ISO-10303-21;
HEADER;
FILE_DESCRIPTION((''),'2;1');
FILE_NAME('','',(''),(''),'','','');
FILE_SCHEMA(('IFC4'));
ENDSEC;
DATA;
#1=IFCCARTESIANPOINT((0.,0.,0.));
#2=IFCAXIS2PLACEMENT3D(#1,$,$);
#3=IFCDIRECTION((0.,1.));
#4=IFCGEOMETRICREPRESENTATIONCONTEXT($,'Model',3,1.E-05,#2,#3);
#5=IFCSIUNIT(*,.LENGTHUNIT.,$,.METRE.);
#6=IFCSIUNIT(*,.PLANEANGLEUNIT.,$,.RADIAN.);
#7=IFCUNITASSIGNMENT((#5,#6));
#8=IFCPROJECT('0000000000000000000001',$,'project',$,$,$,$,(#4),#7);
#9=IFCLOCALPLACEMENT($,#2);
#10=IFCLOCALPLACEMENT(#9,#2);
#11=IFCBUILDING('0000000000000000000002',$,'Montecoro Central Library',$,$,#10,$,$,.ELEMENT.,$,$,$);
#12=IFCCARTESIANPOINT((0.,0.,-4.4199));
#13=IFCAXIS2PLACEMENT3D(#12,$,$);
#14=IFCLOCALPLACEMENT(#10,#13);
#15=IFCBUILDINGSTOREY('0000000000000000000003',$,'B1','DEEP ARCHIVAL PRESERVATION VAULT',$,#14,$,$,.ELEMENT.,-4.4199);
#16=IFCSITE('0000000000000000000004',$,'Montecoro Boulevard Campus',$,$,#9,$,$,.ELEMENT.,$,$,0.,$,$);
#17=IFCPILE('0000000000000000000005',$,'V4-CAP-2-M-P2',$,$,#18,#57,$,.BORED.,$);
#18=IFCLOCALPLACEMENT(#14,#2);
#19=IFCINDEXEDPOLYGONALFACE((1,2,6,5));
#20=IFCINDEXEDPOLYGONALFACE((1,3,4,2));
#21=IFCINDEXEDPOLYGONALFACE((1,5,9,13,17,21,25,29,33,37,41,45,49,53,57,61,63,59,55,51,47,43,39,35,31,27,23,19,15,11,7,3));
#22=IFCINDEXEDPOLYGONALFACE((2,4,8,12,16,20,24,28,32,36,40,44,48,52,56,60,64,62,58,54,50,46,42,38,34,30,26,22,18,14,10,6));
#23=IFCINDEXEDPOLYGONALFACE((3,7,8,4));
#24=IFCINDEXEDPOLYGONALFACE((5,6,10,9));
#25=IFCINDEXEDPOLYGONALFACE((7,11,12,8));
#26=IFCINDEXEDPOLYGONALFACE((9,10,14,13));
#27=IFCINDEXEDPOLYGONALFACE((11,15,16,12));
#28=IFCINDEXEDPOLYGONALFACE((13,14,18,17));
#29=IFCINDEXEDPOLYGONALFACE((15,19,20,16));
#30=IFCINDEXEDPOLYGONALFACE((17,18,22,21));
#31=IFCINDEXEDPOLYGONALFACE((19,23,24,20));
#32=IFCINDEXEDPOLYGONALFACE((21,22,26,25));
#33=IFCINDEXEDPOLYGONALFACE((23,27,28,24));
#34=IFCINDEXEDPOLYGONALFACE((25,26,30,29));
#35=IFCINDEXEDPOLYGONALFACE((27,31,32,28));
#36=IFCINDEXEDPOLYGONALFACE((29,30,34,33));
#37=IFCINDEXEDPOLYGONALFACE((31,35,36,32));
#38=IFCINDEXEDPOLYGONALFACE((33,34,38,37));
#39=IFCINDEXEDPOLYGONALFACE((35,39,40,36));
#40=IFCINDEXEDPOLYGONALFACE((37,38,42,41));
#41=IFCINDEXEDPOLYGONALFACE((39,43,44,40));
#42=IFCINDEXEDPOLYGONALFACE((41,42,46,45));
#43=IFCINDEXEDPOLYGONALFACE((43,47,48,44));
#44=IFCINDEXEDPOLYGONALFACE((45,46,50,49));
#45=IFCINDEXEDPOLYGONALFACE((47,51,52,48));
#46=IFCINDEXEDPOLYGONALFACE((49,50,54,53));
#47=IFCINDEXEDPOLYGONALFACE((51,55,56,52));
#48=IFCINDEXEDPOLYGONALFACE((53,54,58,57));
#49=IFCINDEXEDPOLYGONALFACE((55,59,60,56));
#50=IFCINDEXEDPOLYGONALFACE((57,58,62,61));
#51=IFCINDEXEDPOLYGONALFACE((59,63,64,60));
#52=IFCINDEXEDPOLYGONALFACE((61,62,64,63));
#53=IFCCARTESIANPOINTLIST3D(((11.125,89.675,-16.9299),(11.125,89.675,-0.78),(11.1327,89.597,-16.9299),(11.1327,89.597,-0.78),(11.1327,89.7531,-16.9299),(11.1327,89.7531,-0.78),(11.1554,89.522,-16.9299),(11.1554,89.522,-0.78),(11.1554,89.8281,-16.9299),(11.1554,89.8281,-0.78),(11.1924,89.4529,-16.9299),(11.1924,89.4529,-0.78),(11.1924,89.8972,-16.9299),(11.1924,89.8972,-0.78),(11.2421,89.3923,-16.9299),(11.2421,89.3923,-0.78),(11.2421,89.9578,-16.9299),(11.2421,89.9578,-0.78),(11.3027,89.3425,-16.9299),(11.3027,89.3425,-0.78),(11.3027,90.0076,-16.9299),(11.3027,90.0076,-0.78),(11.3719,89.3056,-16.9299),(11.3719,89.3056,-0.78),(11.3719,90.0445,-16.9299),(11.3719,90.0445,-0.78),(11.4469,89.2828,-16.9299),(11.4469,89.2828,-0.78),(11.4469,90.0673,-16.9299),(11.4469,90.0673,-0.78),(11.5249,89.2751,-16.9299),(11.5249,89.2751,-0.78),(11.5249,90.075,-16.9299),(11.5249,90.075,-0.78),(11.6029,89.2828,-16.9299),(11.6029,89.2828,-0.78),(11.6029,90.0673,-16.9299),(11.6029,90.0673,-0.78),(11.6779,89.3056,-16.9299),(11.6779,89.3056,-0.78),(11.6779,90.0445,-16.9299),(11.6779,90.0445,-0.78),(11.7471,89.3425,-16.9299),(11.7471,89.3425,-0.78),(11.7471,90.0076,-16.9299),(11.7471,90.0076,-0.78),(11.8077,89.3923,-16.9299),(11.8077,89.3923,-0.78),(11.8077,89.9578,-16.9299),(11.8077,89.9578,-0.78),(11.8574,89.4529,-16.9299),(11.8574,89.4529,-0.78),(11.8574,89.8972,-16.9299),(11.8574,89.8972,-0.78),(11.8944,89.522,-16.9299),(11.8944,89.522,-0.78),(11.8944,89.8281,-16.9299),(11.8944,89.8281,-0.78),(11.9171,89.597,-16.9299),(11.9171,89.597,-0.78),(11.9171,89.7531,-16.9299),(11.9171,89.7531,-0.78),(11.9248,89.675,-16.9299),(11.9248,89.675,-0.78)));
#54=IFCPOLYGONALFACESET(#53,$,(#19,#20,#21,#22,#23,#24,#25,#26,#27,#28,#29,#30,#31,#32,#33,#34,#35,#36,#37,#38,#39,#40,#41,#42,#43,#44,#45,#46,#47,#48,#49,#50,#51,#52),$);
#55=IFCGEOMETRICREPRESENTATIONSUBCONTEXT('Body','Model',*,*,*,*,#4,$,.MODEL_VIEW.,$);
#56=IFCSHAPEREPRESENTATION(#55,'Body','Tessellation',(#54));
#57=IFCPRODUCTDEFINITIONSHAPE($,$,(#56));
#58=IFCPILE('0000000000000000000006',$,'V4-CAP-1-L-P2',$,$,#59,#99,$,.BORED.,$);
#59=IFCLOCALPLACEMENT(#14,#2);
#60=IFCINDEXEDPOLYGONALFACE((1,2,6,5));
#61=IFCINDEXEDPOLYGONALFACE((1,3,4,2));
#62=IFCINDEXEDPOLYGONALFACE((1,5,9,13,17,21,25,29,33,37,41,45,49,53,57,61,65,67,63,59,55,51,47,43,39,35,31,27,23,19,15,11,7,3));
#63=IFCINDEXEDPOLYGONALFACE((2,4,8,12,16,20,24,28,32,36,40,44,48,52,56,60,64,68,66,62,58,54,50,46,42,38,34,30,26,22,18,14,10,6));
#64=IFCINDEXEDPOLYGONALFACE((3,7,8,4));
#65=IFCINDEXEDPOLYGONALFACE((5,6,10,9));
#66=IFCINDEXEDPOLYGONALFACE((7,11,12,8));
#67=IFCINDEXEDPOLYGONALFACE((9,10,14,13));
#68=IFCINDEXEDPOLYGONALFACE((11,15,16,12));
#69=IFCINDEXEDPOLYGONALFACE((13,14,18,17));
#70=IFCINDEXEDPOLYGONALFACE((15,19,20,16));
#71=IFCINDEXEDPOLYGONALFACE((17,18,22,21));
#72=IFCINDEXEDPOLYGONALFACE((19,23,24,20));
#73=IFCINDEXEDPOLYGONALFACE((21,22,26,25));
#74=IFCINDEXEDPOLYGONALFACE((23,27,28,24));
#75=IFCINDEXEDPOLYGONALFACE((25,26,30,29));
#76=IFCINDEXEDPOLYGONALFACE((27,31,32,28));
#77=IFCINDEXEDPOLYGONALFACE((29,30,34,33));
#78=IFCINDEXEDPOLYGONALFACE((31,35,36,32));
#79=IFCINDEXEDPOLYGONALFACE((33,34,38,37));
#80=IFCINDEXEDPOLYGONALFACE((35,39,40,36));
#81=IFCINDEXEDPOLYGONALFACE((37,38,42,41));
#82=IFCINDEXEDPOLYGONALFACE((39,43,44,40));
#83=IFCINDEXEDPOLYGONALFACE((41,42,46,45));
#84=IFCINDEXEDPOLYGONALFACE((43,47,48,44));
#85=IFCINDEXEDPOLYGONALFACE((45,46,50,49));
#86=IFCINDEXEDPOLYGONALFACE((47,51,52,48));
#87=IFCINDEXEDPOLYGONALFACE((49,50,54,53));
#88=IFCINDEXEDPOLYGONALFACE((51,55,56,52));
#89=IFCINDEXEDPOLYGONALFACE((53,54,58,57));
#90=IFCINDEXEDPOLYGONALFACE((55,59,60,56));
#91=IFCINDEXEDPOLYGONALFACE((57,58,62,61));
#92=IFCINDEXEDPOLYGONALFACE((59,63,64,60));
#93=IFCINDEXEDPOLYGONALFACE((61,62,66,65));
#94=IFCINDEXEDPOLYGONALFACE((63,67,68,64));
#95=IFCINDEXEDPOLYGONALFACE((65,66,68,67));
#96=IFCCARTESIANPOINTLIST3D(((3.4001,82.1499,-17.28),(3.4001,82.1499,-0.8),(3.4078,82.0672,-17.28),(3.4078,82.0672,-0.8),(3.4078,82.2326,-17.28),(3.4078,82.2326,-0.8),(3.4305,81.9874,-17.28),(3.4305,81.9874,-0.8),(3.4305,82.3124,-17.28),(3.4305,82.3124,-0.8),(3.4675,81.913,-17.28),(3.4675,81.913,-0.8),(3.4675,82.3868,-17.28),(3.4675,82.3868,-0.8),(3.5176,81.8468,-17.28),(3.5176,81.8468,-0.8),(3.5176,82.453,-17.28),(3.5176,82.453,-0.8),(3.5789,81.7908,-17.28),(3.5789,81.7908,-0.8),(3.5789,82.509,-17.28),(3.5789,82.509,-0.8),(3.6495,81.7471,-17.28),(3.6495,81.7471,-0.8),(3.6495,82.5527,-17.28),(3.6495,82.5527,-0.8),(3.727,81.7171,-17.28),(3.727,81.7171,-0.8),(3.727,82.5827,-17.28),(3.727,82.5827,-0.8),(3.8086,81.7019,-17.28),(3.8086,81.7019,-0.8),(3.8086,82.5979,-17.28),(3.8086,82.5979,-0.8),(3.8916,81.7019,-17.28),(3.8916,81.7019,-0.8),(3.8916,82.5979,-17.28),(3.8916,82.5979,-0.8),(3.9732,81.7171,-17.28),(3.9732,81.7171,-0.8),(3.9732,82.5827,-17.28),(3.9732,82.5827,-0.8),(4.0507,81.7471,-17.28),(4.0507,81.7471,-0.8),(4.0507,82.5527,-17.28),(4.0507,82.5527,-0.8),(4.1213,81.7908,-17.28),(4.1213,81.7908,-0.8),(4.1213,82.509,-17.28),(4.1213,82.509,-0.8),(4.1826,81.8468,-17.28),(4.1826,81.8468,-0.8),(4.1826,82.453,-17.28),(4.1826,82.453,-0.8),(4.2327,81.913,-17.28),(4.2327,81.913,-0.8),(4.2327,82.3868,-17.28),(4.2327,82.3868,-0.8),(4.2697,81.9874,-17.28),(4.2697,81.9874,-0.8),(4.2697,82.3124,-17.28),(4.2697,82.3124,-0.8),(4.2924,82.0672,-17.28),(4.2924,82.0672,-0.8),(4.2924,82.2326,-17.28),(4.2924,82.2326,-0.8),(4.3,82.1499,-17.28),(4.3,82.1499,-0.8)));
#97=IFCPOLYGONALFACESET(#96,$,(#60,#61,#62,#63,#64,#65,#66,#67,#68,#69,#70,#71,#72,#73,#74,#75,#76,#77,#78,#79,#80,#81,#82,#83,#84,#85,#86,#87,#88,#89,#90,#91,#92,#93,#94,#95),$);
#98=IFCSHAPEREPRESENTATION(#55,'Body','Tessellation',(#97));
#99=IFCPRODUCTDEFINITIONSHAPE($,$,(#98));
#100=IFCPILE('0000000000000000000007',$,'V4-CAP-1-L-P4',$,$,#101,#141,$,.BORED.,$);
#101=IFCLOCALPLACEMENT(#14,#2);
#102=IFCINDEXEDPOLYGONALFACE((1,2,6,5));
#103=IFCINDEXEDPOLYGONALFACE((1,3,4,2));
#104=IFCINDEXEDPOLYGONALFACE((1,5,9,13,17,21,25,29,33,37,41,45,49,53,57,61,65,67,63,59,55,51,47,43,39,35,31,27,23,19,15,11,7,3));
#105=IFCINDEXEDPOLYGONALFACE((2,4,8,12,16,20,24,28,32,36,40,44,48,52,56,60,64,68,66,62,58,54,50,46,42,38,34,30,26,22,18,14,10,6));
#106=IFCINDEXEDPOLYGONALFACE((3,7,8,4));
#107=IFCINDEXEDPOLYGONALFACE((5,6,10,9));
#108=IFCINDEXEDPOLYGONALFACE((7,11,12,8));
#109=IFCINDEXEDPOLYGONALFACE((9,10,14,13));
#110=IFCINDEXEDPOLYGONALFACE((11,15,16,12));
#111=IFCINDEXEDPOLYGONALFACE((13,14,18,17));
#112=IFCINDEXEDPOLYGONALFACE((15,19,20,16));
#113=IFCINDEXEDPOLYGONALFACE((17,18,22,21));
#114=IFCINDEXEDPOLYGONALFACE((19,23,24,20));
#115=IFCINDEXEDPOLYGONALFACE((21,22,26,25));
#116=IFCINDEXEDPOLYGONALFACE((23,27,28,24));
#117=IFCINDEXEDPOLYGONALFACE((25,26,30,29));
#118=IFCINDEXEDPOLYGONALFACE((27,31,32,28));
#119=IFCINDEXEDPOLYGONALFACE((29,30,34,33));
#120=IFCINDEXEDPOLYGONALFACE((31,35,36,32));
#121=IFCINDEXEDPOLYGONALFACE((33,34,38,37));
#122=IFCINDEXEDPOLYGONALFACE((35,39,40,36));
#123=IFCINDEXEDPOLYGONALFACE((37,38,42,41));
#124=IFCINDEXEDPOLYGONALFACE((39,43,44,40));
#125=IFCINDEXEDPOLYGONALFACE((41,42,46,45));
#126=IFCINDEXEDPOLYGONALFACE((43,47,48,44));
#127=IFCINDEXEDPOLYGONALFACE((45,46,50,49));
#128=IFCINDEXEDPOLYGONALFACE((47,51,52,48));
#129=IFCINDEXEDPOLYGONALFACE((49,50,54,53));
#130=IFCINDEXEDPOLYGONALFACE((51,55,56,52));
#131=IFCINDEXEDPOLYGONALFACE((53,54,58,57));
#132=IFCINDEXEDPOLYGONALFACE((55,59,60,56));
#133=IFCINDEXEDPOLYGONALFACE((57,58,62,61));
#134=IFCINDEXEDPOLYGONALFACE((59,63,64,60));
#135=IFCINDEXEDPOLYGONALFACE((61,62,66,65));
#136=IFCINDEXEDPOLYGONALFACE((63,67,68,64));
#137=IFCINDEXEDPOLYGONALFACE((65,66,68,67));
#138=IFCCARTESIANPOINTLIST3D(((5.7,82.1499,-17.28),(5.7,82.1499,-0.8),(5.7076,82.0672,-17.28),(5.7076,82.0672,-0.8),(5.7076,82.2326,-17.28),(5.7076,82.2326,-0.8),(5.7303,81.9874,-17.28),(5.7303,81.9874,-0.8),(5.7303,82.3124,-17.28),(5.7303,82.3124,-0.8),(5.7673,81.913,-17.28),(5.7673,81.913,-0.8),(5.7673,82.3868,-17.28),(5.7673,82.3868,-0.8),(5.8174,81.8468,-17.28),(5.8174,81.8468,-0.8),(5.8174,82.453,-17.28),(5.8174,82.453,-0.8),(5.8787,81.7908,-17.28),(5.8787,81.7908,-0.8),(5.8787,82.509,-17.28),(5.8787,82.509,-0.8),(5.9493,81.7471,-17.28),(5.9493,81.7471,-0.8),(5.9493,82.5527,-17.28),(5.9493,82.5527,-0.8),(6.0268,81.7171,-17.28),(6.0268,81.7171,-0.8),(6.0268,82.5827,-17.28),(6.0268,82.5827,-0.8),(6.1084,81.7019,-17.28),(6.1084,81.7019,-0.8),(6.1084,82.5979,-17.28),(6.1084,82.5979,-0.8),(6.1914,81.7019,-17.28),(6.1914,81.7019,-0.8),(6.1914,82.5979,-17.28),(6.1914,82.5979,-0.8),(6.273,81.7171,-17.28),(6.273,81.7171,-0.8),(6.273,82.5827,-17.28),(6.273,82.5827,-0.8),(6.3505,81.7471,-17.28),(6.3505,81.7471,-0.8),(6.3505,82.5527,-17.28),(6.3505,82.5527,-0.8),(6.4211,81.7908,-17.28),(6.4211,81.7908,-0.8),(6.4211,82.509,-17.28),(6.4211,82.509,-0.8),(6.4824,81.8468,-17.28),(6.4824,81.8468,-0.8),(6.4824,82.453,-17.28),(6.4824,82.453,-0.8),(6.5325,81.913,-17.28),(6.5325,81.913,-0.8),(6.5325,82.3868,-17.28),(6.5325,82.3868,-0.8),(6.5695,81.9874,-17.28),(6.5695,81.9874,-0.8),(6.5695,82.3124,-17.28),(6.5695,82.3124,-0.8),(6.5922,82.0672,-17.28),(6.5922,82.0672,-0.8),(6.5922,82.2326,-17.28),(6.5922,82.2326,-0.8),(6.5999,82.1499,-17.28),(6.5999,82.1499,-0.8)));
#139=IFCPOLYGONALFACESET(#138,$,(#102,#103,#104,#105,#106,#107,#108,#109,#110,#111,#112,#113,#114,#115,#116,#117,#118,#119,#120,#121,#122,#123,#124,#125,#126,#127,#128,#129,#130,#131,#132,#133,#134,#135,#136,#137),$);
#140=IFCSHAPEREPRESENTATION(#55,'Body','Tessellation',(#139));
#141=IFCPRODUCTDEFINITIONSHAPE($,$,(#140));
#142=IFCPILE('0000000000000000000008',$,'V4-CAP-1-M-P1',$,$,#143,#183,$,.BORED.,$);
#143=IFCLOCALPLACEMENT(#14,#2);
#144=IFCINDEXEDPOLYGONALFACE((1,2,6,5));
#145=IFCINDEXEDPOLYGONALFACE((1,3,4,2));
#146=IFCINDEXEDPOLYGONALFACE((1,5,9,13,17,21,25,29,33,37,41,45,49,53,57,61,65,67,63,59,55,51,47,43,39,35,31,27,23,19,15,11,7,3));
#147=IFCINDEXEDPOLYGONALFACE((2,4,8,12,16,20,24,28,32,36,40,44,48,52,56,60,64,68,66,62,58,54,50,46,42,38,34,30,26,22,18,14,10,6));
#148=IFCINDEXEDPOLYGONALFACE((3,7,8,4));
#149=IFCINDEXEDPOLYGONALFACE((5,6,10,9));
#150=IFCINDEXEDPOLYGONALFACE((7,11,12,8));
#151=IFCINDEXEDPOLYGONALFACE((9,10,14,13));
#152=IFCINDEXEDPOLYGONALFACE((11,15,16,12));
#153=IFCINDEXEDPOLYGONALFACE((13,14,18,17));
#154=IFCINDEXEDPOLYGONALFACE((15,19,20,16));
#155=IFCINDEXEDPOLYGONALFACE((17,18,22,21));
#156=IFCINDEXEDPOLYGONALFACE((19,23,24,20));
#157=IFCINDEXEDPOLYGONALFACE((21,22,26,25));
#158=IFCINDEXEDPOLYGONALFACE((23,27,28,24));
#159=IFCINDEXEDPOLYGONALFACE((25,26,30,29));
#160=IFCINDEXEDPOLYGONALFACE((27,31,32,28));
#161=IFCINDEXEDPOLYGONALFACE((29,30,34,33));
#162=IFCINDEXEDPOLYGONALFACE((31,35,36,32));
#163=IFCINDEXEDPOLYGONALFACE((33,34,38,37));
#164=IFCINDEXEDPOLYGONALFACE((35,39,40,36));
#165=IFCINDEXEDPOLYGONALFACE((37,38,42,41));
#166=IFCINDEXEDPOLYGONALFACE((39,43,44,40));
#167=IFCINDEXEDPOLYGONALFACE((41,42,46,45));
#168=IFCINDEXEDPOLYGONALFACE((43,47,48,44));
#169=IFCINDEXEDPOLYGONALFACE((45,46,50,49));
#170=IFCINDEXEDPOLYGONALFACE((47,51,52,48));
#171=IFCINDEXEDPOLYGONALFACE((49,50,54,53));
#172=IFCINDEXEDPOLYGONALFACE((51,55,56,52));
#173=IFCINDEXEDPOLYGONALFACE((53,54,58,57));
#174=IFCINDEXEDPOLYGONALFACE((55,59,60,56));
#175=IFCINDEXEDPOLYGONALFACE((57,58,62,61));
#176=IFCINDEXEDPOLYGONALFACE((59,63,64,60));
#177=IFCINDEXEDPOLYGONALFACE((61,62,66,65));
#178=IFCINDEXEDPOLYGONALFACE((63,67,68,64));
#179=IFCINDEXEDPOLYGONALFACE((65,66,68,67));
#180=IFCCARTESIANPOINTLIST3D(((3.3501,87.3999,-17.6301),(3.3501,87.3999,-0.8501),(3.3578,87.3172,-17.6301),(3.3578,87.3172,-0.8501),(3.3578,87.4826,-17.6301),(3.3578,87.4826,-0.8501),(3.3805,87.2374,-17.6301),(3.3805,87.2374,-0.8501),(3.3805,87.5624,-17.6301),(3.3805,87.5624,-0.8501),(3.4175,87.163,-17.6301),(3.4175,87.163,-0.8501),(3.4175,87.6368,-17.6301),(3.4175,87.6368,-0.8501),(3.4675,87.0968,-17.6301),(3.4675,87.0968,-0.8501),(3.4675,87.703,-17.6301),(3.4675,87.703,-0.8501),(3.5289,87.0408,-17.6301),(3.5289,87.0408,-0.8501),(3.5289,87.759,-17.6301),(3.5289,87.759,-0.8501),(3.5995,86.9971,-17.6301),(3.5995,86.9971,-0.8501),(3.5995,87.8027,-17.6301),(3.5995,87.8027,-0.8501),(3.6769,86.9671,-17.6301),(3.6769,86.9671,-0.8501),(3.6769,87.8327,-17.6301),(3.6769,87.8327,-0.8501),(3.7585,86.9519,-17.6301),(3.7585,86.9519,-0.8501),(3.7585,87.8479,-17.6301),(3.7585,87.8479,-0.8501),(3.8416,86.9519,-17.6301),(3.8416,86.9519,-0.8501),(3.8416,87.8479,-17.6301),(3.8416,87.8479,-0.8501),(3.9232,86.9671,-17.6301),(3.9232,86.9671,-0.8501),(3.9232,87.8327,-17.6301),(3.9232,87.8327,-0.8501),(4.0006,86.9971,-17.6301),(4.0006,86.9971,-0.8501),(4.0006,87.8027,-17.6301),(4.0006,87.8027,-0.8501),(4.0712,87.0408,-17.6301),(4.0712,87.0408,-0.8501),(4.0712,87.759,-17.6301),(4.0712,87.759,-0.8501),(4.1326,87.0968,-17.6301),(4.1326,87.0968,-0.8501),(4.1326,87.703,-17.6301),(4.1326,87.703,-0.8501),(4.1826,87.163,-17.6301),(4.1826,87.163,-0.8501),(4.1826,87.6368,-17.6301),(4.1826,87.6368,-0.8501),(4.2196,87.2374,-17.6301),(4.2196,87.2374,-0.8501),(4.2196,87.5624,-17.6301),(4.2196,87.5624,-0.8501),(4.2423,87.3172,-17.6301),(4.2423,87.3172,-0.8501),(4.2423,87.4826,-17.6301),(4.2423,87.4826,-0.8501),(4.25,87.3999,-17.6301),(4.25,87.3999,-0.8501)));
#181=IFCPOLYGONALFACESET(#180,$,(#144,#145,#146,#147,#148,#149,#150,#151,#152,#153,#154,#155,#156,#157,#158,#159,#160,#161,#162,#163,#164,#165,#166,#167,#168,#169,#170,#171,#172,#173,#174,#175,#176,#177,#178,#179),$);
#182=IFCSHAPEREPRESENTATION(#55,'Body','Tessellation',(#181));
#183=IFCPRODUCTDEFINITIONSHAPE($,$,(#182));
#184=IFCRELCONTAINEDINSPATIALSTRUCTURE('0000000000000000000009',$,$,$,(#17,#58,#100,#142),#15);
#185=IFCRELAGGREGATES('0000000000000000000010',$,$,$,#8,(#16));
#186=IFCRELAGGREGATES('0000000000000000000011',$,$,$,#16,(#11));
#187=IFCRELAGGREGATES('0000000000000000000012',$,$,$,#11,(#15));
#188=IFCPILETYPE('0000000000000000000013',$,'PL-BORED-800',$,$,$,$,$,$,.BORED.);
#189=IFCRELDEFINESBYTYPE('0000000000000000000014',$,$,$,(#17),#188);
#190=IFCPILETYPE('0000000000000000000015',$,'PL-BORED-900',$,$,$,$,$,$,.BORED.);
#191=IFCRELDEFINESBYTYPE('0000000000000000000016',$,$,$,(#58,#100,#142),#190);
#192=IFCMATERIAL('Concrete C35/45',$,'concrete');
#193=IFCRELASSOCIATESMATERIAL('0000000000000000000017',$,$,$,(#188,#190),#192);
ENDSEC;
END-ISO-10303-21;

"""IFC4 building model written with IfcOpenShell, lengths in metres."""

from ifc_helpers import new_model, si_unit, direction, frame, origin, origin_2d, place, context, subcontext, project, spatial, circle, extrude, material, material_profile, profile_set, type_object, element, save


model = new_model("IFC4")

# Units and contexts
model_context = context("Model", 3, precision=1e-05, world=origin(), true_north=direction((0.0, 1.0)))
body_context = subcontext(model_context, "Body", "Model", "MODEL_VIEW")
ifc_project = project(units=[si_unit("LENGTHUNIT", "METRE"), si_unit("PLANEANGLEUNIT", "RADIAN")], contexts=[model_context])

# Site, building, storey
site_placement = place(None, origin())
site = spatial("IfcSite", under=ifc_project, at=site_placement, Name="Montecoro Boulevard Campus", CompositionType="ELEMENT", RefElevation=0.0)
building_placement = place(site_placement, origin())
building = spatial("IfcBuilding", under=site, at=building_placement, Name="Montecoro Central Library", CompositionType="ELEMENT")
storey_placement = place(building_placement, frame((0.0, 0.0, -4.4199)))
storey = spatial("IfcBuildingStorey", under=building, at=storey_placement, Name="B1", Description="DEEP ARCHIVAL PRESERVATION VAULT", CompositionType="ELEMENT", Elevation=-4.4199)

# Shared definitions
ifc_material_1 = material(Name="Concrete C35/45", Category="concrete")

# Piles
ifc_material_profile_1 = material_profile(ifc_material_1, circle(Radius=0.3999, at=origin_2d()), Name="PILE D800")
ifc_profile_set_1 = profile_set([ifc_material_profile_1], Name="Concrete C35/45")
pile_type_1 = type_object("IfcPileType", Name="PL-BORED-800", PredefinedType="BORED", material=ifc_profile_set_1)
for number, where, z_axis, x_axis, name in (
    (1, (11.5249, 89.675, -0.78), (0.0, 0.0, -1.0), (1.0, 0.0, 0.0), "V4-CAP-2-M-P2"),
):
    element("IfcPile", number, at=place(storey_placement, frame(where, z_axis=z_axis, x_axis=x_axis)), inside=storey, type_object=pile_type_1, Name=name, PredefinedType="BORED", context=body_context, shape_type="SweptSolid", body=[
        extrude(circle(Radius=0.3999, at=origin_2d()), origin(), (0.0, 0.0, 1.0), 16.1499),
    ])
ifc_material_profile_2 = material_profile(ifc_material_1, circle(Radius=0.45, at=origin_2d()), Name="PILE D900")
ifc_profile_set_2 = profile_set([ifc_material_profile_2], Name="Concrete C35/45")
pile_type_2 = type_object("IfcPileType", Name="PL-BORED-900", PredefinedType="BORED", material=ifc_profile_set_2)
for number, where, z_axis, x_axis, name in (
    (2, (3.8501, 82.1499, -0.8), (0.0, 0.0, -1.0), (1.0, 0.0, 0.0), "V4-CAP-1-L-P2"),
    (3, (6.1499, 82.1499, -0.8), (0.0, 0.0, -1.0), (1.0, 0.0, 0.0), "V4-CAP-1-L-P4"),
):
    element("IfcPile", number, at=place(storey_placement, frame(where, z_axis=z_axis, x_axis=x_axis)), inside=storey, type_object=pile_type_2, Name=name, PredefinedType="BORED", context=body_context, shape_type="SweptSolid", body=[
        extrude(circle(Radius=0.45, at=origin_2d()), origin(), (0.0, 0.0, 1.0), 16.48),
    ])
for number, where, z_axis, x_axis, name in (
    (4, (3.8, 87.3999, -0.8501), (0.0, 0.0, -1.0), (1.0, 0.0, 0.0), "V4-CAP-1-M-P1"),
):
    element("IfcPile", number, at=place(storey_placement, frame(where, z_axis=z_axis, x_axis=x_axis)), inside=storey, type_object=pile_type_2, Name=name, PredefinedType="BORED", context=body_context, shape_type="SweptSolid", body=[
        extrude(circle(Radius=0.45, at=origin_2d()), origin(), (0.0, 0.0, 1.0), 16.78),
    ])

save(model, "model.ifc")
